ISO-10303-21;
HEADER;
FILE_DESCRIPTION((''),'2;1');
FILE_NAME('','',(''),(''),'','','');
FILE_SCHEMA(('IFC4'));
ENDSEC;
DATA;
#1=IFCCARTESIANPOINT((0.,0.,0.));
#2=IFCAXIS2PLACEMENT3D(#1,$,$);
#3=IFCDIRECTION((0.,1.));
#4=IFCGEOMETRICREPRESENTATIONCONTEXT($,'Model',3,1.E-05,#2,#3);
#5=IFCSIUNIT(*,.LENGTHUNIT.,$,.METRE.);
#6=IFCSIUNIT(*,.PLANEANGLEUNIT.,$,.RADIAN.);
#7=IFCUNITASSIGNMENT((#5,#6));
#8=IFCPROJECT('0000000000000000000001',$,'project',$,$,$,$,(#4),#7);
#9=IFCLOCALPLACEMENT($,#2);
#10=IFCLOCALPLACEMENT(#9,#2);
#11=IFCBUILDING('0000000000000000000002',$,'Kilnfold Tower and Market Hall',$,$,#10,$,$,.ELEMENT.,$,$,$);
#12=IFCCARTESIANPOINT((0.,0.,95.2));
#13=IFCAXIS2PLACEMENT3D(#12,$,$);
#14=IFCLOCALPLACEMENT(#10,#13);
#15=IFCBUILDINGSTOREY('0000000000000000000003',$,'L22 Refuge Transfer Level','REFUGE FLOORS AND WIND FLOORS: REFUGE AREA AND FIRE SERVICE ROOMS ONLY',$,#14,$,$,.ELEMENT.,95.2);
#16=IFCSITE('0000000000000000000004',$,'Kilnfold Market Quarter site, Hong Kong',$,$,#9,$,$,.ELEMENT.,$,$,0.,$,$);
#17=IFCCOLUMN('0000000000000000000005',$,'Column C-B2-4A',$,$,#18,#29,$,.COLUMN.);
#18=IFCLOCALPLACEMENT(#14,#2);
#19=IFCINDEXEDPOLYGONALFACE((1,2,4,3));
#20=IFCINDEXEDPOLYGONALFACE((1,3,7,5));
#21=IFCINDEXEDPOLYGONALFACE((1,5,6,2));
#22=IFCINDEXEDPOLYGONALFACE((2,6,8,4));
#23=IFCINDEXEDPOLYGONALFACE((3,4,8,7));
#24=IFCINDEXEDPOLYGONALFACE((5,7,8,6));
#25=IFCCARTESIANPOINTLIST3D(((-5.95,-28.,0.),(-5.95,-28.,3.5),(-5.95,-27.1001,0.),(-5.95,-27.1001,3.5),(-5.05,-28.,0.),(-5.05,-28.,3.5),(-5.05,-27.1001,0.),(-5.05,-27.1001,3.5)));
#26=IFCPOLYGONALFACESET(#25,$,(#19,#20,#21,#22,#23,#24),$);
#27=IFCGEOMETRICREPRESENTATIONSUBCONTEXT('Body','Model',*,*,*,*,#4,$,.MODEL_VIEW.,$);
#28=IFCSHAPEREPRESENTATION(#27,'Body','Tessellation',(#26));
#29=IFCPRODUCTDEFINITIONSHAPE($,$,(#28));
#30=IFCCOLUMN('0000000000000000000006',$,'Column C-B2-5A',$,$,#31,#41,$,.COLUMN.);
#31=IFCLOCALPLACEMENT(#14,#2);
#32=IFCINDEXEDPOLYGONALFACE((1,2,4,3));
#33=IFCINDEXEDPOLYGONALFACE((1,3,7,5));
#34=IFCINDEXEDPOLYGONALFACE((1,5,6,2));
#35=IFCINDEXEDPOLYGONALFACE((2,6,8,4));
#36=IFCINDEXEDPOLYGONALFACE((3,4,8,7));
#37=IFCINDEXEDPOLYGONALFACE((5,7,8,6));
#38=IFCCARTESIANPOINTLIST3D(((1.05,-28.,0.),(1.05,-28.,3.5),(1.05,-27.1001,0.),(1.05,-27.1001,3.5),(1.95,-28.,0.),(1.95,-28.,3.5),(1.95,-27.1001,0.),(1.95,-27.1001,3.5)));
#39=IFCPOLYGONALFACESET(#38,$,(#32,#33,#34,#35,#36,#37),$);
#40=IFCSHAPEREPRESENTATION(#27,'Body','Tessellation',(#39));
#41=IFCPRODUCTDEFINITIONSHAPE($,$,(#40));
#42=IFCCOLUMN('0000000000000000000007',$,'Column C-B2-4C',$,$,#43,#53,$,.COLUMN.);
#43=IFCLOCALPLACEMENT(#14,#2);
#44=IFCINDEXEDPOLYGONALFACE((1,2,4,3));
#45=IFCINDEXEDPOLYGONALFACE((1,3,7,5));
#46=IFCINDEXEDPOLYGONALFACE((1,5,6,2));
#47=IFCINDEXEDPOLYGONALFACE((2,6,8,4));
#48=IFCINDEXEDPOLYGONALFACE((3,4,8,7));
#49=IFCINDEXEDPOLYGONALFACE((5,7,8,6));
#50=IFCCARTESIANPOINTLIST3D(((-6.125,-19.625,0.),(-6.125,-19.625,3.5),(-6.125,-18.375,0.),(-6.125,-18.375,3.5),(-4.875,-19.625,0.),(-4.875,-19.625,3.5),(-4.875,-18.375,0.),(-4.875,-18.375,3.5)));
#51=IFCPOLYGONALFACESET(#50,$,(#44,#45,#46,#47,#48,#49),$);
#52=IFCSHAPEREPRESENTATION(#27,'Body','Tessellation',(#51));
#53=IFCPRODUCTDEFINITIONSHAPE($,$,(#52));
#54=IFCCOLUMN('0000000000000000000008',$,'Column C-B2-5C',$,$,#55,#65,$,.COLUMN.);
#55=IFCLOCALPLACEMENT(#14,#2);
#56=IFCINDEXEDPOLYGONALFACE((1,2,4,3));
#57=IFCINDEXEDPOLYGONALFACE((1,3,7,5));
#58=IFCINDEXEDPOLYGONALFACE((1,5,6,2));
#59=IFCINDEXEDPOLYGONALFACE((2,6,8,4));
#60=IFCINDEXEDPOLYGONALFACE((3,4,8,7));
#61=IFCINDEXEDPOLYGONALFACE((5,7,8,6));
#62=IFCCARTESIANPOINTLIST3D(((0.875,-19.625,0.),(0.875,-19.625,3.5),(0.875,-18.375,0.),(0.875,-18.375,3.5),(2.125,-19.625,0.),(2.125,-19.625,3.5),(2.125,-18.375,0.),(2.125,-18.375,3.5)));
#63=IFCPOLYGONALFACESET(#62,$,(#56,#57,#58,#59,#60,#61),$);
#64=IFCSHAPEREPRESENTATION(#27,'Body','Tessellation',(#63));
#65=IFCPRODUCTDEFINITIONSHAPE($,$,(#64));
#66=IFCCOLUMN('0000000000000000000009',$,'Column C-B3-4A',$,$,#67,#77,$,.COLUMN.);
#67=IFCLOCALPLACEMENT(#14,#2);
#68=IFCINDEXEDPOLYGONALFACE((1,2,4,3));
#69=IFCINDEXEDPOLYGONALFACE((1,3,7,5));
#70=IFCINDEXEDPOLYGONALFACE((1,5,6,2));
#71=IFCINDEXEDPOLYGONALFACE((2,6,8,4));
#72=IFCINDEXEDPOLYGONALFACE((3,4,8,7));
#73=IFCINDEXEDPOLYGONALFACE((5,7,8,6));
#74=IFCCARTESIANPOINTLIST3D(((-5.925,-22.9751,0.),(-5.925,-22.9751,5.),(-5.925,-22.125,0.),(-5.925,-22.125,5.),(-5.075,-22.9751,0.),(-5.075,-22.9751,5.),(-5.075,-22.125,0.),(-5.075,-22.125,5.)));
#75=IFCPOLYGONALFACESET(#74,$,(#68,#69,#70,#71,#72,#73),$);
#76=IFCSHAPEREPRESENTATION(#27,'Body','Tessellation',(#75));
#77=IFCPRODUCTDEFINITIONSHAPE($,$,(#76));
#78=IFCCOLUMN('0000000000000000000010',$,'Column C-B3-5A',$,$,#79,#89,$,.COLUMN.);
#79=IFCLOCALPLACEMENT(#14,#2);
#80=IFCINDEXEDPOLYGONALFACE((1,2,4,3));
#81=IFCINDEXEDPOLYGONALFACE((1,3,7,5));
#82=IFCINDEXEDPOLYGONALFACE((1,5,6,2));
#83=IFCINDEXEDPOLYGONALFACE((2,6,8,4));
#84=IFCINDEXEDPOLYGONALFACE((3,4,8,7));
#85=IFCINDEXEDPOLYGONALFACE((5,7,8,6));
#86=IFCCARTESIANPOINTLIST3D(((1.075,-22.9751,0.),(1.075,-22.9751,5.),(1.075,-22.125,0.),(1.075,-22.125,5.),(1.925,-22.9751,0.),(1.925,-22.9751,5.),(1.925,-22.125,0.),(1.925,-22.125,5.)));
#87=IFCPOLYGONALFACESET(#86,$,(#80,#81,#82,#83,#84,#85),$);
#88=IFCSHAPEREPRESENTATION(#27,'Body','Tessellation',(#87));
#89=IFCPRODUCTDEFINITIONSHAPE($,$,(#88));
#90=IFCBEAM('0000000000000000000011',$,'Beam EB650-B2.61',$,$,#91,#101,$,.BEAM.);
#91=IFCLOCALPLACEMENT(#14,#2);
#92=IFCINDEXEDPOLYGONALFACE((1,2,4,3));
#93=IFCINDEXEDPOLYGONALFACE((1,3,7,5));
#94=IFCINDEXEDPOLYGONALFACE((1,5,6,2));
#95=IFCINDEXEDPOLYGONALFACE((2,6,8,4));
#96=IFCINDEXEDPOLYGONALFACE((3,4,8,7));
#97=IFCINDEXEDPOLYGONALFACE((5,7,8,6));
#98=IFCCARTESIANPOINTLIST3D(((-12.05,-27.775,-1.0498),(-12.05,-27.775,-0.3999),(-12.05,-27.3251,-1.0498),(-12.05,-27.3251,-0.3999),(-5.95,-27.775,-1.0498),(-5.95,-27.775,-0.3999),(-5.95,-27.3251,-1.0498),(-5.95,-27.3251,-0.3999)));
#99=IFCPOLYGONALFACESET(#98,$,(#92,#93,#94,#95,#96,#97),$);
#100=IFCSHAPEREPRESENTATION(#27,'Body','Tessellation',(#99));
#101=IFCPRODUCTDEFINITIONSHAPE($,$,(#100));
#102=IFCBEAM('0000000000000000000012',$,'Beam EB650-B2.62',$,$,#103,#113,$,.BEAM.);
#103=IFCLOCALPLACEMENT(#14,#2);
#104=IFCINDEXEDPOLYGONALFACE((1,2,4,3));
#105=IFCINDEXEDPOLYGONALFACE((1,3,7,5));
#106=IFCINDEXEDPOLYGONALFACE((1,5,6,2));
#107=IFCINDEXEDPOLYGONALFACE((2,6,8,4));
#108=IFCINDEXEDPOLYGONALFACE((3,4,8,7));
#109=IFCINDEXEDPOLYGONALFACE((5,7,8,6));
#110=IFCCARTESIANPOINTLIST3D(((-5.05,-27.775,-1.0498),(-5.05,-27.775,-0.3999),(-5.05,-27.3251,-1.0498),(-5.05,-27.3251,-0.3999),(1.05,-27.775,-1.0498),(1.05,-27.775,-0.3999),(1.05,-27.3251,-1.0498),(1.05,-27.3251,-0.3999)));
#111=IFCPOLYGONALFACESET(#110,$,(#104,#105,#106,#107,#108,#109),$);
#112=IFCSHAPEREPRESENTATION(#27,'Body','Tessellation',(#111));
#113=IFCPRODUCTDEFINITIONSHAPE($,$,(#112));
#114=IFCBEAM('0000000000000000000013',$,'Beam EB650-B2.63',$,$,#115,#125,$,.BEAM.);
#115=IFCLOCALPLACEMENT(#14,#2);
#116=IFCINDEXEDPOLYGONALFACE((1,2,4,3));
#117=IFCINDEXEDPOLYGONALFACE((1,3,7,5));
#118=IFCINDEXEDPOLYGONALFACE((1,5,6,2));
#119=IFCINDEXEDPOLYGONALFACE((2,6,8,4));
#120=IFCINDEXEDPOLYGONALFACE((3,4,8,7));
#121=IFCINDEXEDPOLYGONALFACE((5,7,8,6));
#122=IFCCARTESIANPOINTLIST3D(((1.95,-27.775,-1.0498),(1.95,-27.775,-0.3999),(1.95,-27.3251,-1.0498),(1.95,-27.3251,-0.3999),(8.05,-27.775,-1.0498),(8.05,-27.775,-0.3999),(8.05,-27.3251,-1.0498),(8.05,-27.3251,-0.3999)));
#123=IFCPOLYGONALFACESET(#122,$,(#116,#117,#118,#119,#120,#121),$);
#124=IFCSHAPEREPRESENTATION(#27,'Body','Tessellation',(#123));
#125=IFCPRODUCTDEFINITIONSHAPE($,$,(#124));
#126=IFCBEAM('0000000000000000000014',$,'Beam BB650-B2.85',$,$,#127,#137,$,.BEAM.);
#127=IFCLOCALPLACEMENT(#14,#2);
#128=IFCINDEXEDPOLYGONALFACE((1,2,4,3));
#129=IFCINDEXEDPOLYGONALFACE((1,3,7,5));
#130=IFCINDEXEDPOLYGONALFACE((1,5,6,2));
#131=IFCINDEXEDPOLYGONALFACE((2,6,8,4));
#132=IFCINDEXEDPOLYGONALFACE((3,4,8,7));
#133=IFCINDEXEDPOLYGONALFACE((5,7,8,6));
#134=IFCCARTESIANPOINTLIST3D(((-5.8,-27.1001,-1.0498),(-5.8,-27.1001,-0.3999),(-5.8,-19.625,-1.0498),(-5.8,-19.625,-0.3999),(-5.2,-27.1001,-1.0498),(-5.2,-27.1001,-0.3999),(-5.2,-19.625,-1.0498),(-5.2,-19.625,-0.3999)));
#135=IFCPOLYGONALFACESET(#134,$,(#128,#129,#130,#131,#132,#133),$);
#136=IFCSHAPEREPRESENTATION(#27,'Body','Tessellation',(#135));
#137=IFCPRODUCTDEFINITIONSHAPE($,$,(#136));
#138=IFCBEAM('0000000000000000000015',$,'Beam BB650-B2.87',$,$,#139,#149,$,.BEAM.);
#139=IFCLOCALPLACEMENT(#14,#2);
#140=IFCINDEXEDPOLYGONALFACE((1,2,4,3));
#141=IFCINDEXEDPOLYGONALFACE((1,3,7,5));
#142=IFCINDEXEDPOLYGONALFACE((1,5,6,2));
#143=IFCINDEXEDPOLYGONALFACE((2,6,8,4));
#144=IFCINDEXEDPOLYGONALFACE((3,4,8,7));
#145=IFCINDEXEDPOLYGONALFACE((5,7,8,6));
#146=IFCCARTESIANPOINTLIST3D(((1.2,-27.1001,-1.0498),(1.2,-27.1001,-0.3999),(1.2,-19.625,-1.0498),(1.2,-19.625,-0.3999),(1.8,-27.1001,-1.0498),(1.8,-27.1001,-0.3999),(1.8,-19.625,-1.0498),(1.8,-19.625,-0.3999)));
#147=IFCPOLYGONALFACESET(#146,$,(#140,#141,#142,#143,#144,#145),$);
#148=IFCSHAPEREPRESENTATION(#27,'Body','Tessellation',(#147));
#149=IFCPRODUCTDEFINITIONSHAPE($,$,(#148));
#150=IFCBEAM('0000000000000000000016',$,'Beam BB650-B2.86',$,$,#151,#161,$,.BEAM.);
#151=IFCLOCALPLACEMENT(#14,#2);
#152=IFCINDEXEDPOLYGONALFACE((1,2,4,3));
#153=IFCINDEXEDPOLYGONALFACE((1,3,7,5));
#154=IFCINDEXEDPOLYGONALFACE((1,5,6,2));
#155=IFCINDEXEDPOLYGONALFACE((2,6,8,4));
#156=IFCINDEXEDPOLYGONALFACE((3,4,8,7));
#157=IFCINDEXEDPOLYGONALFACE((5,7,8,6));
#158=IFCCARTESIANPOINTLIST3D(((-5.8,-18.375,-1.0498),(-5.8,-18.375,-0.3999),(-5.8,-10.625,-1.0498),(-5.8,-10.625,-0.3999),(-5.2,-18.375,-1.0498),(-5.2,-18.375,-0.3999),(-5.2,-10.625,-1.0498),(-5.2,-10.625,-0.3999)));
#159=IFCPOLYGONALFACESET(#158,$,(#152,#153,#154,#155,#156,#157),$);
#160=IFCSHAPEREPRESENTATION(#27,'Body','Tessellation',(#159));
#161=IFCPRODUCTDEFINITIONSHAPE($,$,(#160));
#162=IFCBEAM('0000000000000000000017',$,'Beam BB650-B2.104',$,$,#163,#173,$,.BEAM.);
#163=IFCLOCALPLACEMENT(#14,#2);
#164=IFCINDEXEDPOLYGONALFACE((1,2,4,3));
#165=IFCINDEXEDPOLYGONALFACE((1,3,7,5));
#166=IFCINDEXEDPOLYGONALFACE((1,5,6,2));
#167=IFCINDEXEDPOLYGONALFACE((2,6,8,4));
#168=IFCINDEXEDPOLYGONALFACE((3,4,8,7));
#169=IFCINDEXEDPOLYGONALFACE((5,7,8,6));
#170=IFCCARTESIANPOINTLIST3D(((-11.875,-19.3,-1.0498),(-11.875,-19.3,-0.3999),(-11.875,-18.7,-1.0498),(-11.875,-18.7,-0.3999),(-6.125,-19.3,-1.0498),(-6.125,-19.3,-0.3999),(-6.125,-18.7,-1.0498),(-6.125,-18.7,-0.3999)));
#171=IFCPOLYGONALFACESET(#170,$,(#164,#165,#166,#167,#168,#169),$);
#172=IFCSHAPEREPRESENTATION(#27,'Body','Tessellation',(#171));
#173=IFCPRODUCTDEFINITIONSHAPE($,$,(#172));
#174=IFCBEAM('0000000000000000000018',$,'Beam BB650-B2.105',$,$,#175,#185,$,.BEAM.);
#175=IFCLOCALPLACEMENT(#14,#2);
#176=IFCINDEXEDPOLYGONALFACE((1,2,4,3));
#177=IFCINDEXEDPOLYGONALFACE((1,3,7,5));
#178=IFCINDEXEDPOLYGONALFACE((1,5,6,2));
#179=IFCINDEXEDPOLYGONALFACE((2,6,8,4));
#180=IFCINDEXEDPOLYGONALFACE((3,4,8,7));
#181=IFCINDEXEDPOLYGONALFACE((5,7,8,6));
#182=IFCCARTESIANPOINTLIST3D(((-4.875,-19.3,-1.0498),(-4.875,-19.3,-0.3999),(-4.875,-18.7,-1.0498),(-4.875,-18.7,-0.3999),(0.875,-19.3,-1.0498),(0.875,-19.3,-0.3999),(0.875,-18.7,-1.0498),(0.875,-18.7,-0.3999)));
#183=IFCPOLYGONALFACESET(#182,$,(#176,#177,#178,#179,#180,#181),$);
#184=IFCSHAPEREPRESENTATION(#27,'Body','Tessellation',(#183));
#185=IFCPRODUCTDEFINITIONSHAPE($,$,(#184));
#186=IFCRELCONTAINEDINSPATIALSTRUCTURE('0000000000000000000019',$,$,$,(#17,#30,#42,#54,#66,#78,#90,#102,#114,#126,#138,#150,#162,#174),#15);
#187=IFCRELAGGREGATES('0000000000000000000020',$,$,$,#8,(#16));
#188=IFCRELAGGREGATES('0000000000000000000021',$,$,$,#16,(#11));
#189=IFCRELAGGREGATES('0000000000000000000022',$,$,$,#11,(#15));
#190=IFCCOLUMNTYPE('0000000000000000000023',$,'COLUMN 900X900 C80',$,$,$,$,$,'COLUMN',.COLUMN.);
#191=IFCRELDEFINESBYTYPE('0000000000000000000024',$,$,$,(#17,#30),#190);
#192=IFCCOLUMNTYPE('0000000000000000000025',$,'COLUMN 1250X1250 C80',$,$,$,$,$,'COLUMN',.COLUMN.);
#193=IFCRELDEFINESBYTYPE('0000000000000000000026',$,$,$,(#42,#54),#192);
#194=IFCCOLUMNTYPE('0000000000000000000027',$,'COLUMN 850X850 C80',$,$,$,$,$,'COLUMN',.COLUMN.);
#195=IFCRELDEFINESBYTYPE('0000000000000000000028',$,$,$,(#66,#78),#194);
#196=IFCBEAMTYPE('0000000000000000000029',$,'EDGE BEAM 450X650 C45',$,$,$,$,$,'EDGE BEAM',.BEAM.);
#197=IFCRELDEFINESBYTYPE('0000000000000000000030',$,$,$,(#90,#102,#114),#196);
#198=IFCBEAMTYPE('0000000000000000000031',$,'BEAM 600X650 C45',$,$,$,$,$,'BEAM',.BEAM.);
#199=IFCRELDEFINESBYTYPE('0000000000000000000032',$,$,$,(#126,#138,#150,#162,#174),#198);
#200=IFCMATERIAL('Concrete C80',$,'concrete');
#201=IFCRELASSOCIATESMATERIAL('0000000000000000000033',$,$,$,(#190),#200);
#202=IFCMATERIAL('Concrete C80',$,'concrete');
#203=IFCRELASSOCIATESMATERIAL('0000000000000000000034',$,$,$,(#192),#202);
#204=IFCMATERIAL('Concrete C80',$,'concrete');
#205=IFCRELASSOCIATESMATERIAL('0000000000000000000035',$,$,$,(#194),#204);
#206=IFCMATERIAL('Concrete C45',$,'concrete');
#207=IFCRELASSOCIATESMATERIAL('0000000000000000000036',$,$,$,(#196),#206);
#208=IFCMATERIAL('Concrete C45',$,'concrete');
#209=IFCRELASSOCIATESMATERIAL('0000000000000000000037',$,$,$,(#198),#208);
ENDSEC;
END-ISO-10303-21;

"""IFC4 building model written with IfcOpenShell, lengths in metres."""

from ifc_helpers import new_model, si_unit, direction, frame, origin, origin_2d, place, context, subcontext, project, spatial, rectangle, extrude, source, transform, mapped, material, material_profile, profile_set, type_object, element, save


model = new_model("IFC4")

# Units and contexts
model_context = context("Model", 3, precision=1e-05, world=origin(), true_north=direction((0.0, 1.0)))
body_context = subcontext(model_context, "Body", "Model", "MODEL_VIEW")
ifc_project = project(units=[si_unit("LENGTHUNIT", "METRE"), si_unit("PLANEANGLEUNIT", "RADIAN")], contexts=[model_context])

# Site, building, storey
site_placement = place(None, origin())
site = spatial("IfcSite", under=ifc_project, at=site_placement, Name="Kilnfold Market Quarter site, Hong Kong", CompositionType="ELEMENT", RefElevation=0.0)
building_placement = place(site_placement, origin())
building = spatial("IfcBuilding", under=site, at=building_placement, Name="Kilnfold Tower and Market Hall", CompositionType="ELEMENT")
storey_placement = place(building_placement, frame((0.0, 0.0, 95.2)))
storey = spatial("IfcBuildingStorey", under=building, at=storey_placement, Name="L22 Refuge Transfer Level", Description="REFUGE FLOORS AND WIND FLOORS: REFUGE AREA AND FIRE SERVICE ROOMS ONLY", CompositionType="ELEMENT", Elevation=95.2)

# Columns
ifc_material_1 = material(Name="Concrete C80", Category="concrete")
ifc_material_profile_1 = material_profile(ifc_material_1, rectangle(XDim=0.8999, YDim=0.8999, at=origin_2d()), Name="RC 900x900")
ifc_profile_set_1 = profile_set([ifc_material_profile_1], Name="Concrete C80")
column_type_1 = type_object("IfcColumnType", Name="COLUMN 900X900 C80", ElementType="COLUMN", PredefinedType="COLUMN", material=ifc_profile_set_1)
shared_shape_1 = source(origin(), body_context, "Body", "SweptSolid", [
    extrude(rectangle(XDim=0.8999, YDim=0.8999, at=origin_2d()), origin(), (0.0, 0.0, 1.0), 3.5),
])
for number, where, z_axis, x_axis, name in (
    (1, (-5.5, -27.55, 0.0), (0.0, 0.0, 1.0), (1.0, 0.0, 0.0), "Column C-B2-4A"),
    (2, (1.5, -27.55, 0.0), (0.0, 0.0, 1.0), (1.0, 0.0, 0.0), "Column C-B2-5A"),
):
    element("IfcColumn", number, at=place(storey_placement, frame(where, z_axis=z_axis, x_axis=x_axis)), inside=storey, type_object=column_type_1, Name=name, PredefinedType="COLUMN", context=body_context, shape_type="MappedRepresentation", body=[
        mapped(shared_shape_1, transform((0.0, 0.0, 0.0))),
    ])
ifc_material_2 = material(Name="Concrete C80", Category="concrete")
ifc_material_profile_2 = material_profile(ifc_material_2, rectangle(XDim=1.25, YDim=1.25, at=origin_2d()), Name="RC 1250x1250")
ifc_profile_set_2 = profile_set([ifc_material_profile_2], Name="Concrete C80")
column_type_2 = type_object("IfcColumnType", Name="COLUMN 1250X1250 C80", ElementType="COLUMN", PredefinedType="COLUMN", material=ifc_profile_set_2)
shared_shape_2 = source(origin(), body_context, "Body", "SweptSolid", [
    extrude(rectangle(XDim=1.25, YDim=1.25, at=origin_2d()), origin(), (0.0, 0.0, 1.0), 3.5),
])
for number, where, z_axis, x_axis, name in (
    (3, (-5.5, -19.0, 0.0), (0.0, 0.0, 1.0), (1.0, 0.0, 0.0), "Column C-B2-4C"),
    (4, (1.5, -19.0, 0.0), (0.0, 0.0, 1.0), (1.0, 0.0, 0.0), "Column C-B2-5C"),
):
    element("IfcColumn", number, at=place(storey_placement, frame(where, z_axis=z_axis, x_axis=x_axis)), inside=storey, type_object=column_type_2, Name=name, PredefinedType="COLUMN", context=body_context, shape_type="MappedRepresentation", body=[
        mapped(shared_shape_2, transform((0.0, 0.0, 0.0))),
    ])
ifc_material_3 = material(Name="Concrete C80", Category="concrete")
ifc_material_profile_3 = material_profile(ifc_material_3, rectangle(XDim=0.8501, YDim=0.8501, at=origin_2d()), Name="RC 850x850")
ifc_profile_set_3 = profile_set([ifc_material_profile_3], Name="Concrete C80")
column_type_3 = type_object("IfcColumnType", Name="COLUMN 850X850 C80", ElementType="COLUMN", PredefinedType="COLUMN", material=ifc_profile_set_3)
shared_shape_3 = source(origin(), body_context, "Body", "SweptSolid", [
    extrude(rectangle(XDim=0.8501, YDim=0.8501, at=origin_2d()), origin(), (0.0, 0.0, 1.0), 5.0),
])
for number, where, z_axis, x_axis, name in (
    (5, (-5.5, -22.55, 0.0), (0.0, 0.0, 1.0), (1.0, 0.0, 0.0), "Column C-B3-4A"),
    (6, (1.5, -22.55, 0.0), (0.0, 0.0, 1.0), (1.0, 0.0, 0.0), "Column C-B3-5A"),
):
    element("IfcColumn", number, at=place(storey_placement, frame(where, z_axis=z_axis, x_axis=x_axis)), inside=storey, type_object=column_type_3, Name=name, PredefinedType="COLUMN", context=body_context, shape_type="MappedRepresentation", body=[
        mapped(shared_shape_3, transform((0.0, 0.0, 0.0))),
    ])

# Beams
ifc_material_4 = material(Name="Concrete C45", Category="concrete")
ifc_material_profile_4 = material_profile(ifc_material_4, rectangle(XDim=0.45, YDim=0.6499, at=origin_2d()), Name="RC 450x650")
ifc_profile_set_4 = profile_set([ifc_material_profile_4], Name="Concrete C45")
beam_type_1 = type_object("IfcBeamType", Name="EDGE BEAM 450X650 C45", ElementType="EDGE BEAM", PredefinedType="BEAM", material=ifc_profile_set_4)
shared_shape_4 = source(origin(), body_context, "Body", "SweptSolid", [
    extrude(rectangle(XDim=0.45, YDim=0.6499, at=origin_2d()), origin(), (0.0, 0.0, 1.0), 6.1001),
])
for number, where, z_axis, x_axis, name in (
    (7, (-12.05, -27.55, -0.7249), (1.0, 0.0, 0.0), (0.0, 1.0, 0.0), "Beam EB650-B2.61"),
    (8, (-5.05, -27.55, -0.7249), (1.0, 0.0, 0.0), (0.0, 1.0, 0.0), "Beam EB650-B2.62"),
    (9, (1.95, -27.55, -0.7249), (1.0, 0.0, 0.0), (0.0, 1.0, 0.0), "Beam EB650-B2.63"),
):
    element("IfcBeam", number, at=place(storey_placement, frame(where, z_axis=z_axis, x_axis=x_axis)), inside=storey, type_object=beam_type_1, Name=name, PredefinedType="BEAM", context=body_context, shape_type="MappedRepresentation", body=[
        mapped(shared_shape_4, transform((0.0, 0.0, 0.0))),
    ])
ifc_material_5 = material(Name="Concrete C45", Category="concrete")
ifc_material_profile_5 = material_profile(ifc_material_5, rectangle(XDim=0.6001, YDim=0.6499, at=origin_2d()), Name="RC 600x650")
ifc_profile_set_5 = profile_set([ifc_material_profile_5], Name="Concrete C45")
beam_type_2 = type_object("IfcBeamType", Name="BEAM 600X650 C45", ElementType="BEAM", PredefinedType="BEAM", material=ifc_profile_set_5)
shared_shape_5 = source(origin(), body_context, "Body", "SweptSolid", [
    extrude(rectangle(XDim=0.6001, YDim=0.6499, at=origin_2d()), origin(), (0.0, 0.0, 1.0), 7.4751),
])
for number, where, z_axis, x_axis, name in (
    (10, (-5.5, -27.1001, -0.7249), (0.0, 1.0, 0.0), (-1.0, 0.0, 0.0), "Beam BB650-B2.85"),
    (11, (1.5, -27.1001, -0.7249), (0.0, 1.0, 0.0), (-1.0, 0.0, 0.0), "Beam BB650-B2.87"),
):
    element("IfcBeam", number, at=place(storey_placement, frame(where, z_axis=z_axis, x_axis=x_axis)), inside=storey, type_object=beam_type_2, Name=name, PredefinedType="BEAM", context=body_context, shape_type="MappedRepresentation", body=[
        mapped(shared_shape_5, transform((0.0, 0.0, 0.0))),
    ])
shared_shape_6 = source(origin(), body_context, "Body", "SweptSolid", [
    extrude(rectangle(XDim=0.6001, YDim=0.6499, at=origin_2d()), origin(), (0.0, 0.0, 1.0), 7.75),
])
beam_placement = place(storey_placement, frame((-5.5, -18.375, -0.7249), z_axis=(0.0, 1.0, 0.0), x_axis=(-1.0, 0.0, 0.0)))
element("IfcBeam", 12, at=beam_placement, inside=storey, type_object=beam_type_2, Name="Beam BB650-B2.86", PredefinedType="BEAM", context=body_context, shape_type="MappedRepresentation", body=[
    mapped(shared_shape_6, transform((0.0, 0.0, 0.0))),
])
shared_shape_7 = source(origin(), body_context, "Body", "SweptSolid", [
    extrude(rectangle(XDim=0.6001, YDim=0.6499, at=origin_2d()), origin(), (0.0, 0.0, 1.0), 5.75),
])
for number, where, z_axis, x_axis, name in (
    (13, (-11.875, -19.0, -0.7249), (1.0, 0.0, 0.0), (0.0, 1.0, 0.0), "Beam BB650-B2.104"),
    (14, (-4.875, -19.0, -0.7249), (1.0, 0.0, 0.0), (0.0, 1.0, 0.0), "Beam BB650-B2.105"),
):
    element("IfcBeam", number, at=place(storey_placement, frame(where, z_axis=z_axis, x_axis=x_axis)), inside=storey, type_object=beam_type_2, Name=name, PredefinedType="BEAM", context=body_context, shape_type="MappedRepresentation", body=[
        mapped(shared_shape_7, transform((0.0, 0.0, 0.0))),
    ])

save(model, "model.ifc")
